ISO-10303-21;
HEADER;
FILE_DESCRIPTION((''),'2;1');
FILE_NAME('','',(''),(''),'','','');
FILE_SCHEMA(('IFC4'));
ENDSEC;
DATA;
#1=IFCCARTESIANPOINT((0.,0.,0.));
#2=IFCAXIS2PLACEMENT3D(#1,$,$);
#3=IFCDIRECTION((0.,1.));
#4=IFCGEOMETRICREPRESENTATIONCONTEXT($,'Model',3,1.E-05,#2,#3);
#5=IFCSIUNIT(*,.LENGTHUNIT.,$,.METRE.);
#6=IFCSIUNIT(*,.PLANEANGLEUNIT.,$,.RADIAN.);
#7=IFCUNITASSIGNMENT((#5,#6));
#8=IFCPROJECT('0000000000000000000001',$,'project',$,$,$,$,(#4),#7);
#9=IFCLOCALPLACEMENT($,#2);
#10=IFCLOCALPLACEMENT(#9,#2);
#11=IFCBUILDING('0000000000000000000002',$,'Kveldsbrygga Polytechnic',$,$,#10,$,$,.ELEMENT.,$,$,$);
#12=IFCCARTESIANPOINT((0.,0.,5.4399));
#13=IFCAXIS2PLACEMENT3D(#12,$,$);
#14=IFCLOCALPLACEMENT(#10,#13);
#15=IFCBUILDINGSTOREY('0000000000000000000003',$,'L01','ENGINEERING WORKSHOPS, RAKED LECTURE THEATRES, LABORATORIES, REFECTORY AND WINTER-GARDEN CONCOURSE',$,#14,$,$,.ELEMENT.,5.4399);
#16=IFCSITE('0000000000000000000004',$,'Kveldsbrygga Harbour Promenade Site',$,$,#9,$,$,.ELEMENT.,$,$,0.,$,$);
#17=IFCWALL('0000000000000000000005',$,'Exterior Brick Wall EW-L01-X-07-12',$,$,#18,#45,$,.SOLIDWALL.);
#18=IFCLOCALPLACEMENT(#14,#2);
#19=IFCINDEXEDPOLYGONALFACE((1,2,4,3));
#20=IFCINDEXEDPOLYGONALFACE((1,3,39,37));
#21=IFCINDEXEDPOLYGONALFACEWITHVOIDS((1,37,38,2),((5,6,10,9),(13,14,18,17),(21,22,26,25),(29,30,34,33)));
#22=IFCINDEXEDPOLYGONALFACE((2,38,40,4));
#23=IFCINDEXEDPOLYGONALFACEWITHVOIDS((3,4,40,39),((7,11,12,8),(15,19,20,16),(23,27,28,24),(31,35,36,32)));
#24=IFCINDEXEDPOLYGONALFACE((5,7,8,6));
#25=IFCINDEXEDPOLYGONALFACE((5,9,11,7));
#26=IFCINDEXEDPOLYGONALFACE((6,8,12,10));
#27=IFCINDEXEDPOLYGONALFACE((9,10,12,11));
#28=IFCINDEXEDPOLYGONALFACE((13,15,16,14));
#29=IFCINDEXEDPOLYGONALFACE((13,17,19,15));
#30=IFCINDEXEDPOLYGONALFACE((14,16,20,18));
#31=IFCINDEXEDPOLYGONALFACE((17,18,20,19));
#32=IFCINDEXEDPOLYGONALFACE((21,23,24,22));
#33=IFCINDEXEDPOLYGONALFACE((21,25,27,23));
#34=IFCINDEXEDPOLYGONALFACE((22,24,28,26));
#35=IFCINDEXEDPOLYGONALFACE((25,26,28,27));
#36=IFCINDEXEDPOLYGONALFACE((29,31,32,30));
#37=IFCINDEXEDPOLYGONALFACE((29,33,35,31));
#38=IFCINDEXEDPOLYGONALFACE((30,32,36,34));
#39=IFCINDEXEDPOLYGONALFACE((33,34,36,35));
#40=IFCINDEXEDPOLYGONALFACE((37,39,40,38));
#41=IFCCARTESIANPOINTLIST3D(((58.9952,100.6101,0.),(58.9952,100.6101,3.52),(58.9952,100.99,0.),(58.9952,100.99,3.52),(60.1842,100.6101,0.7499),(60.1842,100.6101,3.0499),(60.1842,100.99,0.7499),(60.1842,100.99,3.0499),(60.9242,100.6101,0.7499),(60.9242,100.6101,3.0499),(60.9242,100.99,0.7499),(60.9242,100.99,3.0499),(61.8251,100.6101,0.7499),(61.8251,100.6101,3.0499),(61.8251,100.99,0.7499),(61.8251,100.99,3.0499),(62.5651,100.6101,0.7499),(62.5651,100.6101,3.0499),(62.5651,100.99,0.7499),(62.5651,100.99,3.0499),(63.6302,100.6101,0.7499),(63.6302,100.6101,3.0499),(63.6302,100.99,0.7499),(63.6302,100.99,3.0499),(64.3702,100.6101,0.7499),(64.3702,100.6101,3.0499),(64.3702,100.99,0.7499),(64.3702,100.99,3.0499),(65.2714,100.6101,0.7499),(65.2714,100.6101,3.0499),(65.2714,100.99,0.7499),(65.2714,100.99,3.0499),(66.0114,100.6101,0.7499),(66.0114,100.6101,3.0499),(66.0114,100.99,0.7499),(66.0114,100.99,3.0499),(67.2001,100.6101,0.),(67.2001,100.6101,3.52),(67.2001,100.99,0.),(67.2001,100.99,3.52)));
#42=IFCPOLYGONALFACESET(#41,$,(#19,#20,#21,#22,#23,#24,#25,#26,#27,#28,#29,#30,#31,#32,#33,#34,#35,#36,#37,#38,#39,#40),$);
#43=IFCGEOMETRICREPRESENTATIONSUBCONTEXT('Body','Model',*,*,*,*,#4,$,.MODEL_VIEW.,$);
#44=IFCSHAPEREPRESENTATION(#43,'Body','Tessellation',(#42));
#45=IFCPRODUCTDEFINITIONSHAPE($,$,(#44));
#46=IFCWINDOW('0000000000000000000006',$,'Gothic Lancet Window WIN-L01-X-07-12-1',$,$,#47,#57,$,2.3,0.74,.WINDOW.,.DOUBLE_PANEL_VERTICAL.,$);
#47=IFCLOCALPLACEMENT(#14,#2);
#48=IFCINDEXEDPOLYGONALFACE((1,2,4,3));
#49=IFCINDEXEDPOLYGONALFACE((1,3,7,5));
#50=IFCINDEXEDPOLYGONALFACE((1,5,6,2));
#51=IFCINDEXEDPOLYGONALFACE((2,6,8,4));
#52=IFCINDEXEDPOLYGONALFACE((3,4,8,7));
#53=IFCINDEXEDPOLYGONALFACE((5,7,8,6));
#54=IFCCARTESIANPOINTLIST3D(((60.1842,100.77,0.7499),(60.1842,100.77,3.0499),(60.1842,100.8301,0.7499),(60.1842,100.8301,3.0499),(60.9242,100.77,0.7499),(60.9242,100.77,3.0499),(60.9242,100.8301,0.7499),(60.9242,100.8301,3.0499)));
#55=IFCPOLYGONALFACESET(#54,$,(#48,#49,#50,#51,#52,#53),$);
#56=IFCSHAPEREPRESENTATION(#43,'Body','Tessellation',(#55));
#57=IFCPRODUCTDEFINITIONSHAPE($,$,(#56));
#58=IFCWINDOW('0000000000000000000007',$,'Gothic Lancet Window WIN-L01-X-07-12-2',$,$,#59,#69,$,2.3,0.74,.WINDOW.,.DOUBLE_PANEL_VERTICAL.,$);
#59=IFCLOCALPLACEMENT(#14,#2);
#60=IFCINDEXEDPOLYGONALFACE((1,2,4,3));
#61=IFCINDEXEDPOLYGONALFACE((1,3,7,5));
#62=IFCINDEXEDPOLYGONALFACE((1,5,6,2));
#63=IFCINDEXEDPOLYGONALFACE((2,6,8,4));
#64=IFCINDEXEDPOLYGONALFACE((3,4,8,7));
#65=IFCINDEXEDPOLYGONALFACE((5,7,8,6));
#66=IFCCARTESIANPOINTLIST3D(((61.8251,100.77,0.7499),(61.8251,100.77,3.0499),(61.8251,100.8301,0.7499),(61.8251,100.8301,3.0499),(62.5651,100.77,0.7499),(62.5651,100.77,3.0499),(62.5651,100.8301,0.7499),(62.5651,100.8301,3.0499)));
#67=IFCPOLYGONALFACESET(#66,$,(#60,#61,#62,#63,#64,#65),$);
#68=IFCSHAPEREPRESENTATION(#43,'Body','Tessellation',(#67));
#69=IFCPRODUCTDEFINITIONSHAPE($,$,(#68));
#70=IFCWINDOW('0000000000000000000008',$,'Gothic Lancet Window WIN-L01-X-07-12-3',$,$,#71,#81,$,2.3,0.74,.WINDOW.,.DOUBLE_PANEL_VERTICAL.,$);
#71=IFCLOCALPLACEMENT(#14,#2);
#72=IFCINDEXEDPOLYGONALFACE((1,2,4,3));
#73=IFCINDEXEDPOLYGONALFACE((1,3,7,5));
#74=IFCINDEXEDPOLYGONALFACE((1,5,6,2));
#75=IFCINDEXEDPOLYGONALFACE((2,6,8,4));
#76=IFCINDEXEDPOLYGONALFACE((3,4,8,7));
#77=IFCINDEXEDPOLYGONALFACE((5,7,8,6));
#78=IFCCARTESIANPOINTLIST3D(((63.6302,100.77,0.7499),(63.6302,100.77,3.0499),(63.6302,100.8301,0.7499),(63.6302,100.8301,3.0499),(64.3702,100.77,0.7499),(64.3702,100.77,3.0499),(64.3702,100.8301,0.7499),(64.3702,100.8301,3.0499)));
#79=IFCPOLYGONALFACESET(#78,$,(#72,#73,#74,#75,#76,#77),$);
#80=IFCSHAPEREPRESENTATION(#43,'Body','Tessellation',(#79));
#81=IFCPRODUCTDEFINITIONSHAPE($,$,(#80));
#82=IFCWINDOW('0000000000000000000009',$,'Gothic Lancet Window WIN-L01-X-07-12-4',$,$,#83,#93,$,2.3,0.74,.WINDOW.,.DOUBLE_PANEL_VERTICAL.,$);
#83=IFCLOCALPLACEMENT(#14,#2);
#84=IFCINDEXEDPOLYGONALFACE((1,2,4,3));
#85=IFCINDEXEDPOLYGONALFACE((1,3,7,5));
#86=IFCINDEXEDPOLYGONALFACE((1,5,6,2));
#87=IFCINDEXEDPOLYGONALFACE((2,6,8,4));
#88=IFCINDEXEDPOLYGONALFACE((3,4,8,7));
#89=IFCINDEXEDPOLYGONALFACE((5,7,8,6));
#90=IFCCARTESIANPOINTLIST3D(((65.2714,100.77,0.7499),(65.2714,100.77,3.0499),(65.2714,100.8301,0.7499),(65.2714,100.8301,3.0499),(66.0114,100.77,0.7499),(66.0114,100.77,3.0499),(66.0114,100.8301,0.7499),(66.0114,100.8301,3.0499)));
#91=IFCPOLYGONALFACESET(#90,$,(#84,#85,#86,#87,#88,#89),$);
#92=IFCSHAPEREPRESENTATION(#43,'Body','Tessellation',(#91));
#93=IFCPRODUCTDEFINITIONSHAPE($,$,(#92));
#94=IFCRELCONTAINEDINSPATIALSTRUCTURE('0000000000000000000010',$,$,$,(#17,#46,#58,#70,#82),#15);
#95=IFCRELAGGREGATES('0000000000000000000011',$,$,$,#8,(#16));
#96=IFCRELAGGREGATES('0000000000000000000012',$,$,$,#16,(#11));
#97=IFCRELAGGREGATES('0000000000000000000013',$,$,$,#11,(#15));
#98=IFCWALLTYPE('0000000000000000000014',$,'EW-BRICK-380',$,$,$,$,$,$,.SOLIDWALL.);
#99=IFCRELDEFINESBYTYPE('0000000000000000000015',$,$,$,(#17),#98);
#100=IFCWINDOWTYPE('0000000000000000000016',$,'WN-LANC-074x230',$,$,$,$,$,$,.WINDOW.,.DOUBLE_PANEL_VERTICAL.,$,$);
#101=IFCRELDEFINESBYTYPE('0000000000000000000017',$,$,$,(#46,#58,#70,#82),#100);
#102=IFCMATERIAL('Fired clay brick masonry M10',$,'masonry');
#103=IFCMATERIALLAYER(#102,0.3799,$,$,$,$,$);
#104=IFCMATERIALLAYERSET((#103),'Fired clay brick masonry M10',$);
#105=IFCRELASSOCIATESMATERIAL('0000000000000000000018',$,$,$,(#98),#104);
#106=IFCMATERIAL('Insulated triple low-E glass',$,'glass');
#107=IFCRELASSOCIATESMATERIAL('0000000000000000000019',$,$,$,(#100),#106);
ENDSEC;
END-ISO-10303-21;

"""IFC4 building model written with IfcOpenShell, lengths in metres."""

from ifc_helpers import new_model, si_unit, direction, frame, frame_2d, origin, place, context, subcontext, project, spatial, rectangle, extrude, material, layer, layer_set, type_object, element, fill, save


model = new_model("IFC4")

# Units and contexts
model_context = context("Model", 3, precision=1e-05, world=origin(), true_north=direction((0.0, 1.0)))
body_context = subcontext(model_context, "Body", "Model", "MODEL_VIEW")
ifc_project = project(units=[si_unit("LENGTHUNIT", "METRE"), si_unit("PLANEANGLEUNIT", "RADIAN")], contexts=[model_context])

# Site, building, storey
site_placement = place(None, origin())
site = spatial("IfcSite", under=ifc_project, at=site_placement, Name="Kveldsbrygga Harbour Promenade Site", CompositionType="ELEMENT", RefElevation=0.0)
building_placement = place(site_placement, origin())
building = spatial("IfcBuilding", under=site, at=building_placement, Name="Kveldsbrygga Polytechnic", CompositionType="ELEMENT")
storey_placement = place(building_placement, frame((0.0, 0.0, 5.4399)))
storey = spatial("IfcBuildingStorey", under=building, at=storey_placement, Name="L01", Description="ENGINEERING WORKSHOPS, RAKED LECTURE THEATRES, LABORATORIES, REFECTORY AND WINTER-GARDEN CONCOURSE", CompositionType="ELEMENT", Elevation=5.4399)

# Shared definitions
ifc_material_1 = material(Name="Insulated triple low-E glass", Category="glass")

# Wall, openings, windows
ifc_material_2 = material(Name="Fired clay brick masonry M10", Category="masonry")
ifc_layer_1 = layer(ifc_material_2, 0.3799)
ifc_layer_set_1 = layer_set([ifc_layer_1], Name="Fired clay brick masonry M10")
wall_type_1 = type_object("IfcWallType", Name="EW-BRICK-380", PredefinedType="SOLIDWALL", material=ifc_layer_set_1)
wall_1_placement = place(storey_placement, frame((58.9951, 100.8, 0.0), z_axis=(0.0, 0.0, 1.0), x_axis=(1.0, 0.0, 0.0)))
wall_1 = element("IfcWall", 1, at=wall_1_placement, inside=storey, type_object=wall_type_1, Name="Exterior Brick Wall EW-L01-X-07-12", PredefinedType="SOLIDWALL", context=body_context, shape_type="SweptSolid", body=[
    extrude(rectangle(XDim=8.2048, YDim=0.3799, at=frame_2d((4.1025, 0.0))), origin(), (0.0, 0.0, 1.0), 3.52),
])
opening_1_placement = place(wall_1_placement, frame((1.189, 0.0, 0.75)))
opening_1 = element("IfcOpeningElement", 2, at=opening_1_placement, cuts=wall_1, PredefinedType="OPENING", context=body_context, shape_type="SweptSolid", body=[
    extrude(rectangle(XDim=0.74, YDim=2.3, at=frame_2d((0.3701, 1.1499))), frame((0.0, 0.2, 0.0), z_axis=(0.0, -1.0, 0.0), x_axis=(1.0, 0.0, 0.0)), (0.0, 0.0, 1.0), 0.3999),
])
opening_2_placement = place(wall_1_placement, frame((2.8298, 0.0, 0.75)))
opening_2 = element("IfcOpeningElement", 3, at=opening_2_placement, cuts=wall_1, PredefinedType="OPENING", context=body_context, shape_type="SweptSolid", body=[
    extrude(rectangle(XDim=0.74, YDim=2.3, at=frame_2d((0.3701, 1.1499))), frame((0.0, 0.2, 0.0), z_axis=(0.0, -1.0, 0.0), x_axis=(1.0, 0.0, 0.0)), (0.0, 0.0, 1.0), 0.3999),
])
opening_3_placement = place(wall_1_placement, frame((4.635, 0.0, 0.75)))
opening_3 = element("IfcOpeningElement", 4, at=opening_3_placement, cuts=wall_1, PredefinedType="OPENING", context=body_context, shape_type="SweptSolid", body=[
    extrude(rectangle(XDim=0.74, YDim=2.3, at=frame_2d((0.3701, 1.1499))), frame((0.0, 0.2, 0.0), z_axis=(0.0, -1.0, 0.0), x_axis=(1.0, 0.0, 0.0)), (0.0, 0.0, 1.0), 0.3999),
])
opening_4_placement = place(wall_1_placement, frame((6.2761, 0.0, 0.75)))
opening_4 = element("IfcOpeningElement", 5, at=opening_4_placement, cuts=wall_1, PredefinedType="OPENING", context=body_context, shape_type="SweptSolid", body=[
    extrude(rectangle(XDim=0.74, YDim=2.3, at=frame_2d((0.3701, 1.1499))), frame((0.0, 0.2, 0.0), z_axis=(0.0, -1.0, 0.0), x_axis=(1.0, 0.0, 0.0)), (0.0, 0.0, 1.0), 0.3999),
])
window_type_1 = type_object("IfcWindowType", Name="WN-LANC-074x230", PartitioningType="DOUBLE_PANEL_VERTICAL", PredefinedType="WINDOW", material=ifc_material_1)
window_1_placement = place(opening_1_placement, origin())
window_1 = element("IfcWindow", 6, at=window_1_placement, inside=storey, type_object=window_type_1, Name="Gothic Lancet Window WIN-L01-X-07-12-1", OverallHeight=2.3, OverallWidth=0.74, PartitioningType="DOUBLE_PANEL_VERTICAL", PredefinedType="WINDOW", context=body_context, shape_type="SweptSolid", body=[
    extrude(rectangle(XDim=0.74, YDim=2.3, at=frame_2d((0.3701, 1.1499))), frame((0.0, 0.03, 0.0), z_axis=(0.0, -1.0, 0.0), x_axis=(1.0, 0.0, 0.0)), (0.0, 0.0, 1.0), 0.0601),
])
fill(opening_1, window_1)
window_2_placement = place(opening_2_placement, origin())
window_2 = element("IfcWindow", 7, at=window_2_placement, inside=storey, type_object=window_type_1, Name="Gothic Lancet Window WIN-L01-X-07-12-2", OverallHeight=2.3, OverallWidth=0.74, PartitioningType="DOUBLE_PANEL_VERTICAL", PredefinedType="WINDOW", context=body_context, shape_type="SweptSolid", body=[
    extrude(rectangle(XDim=0.74, YDim=2.3, at=frame_2d((0.3701, 1.1499))), frame((0.0, 0.03, 0.0), z_axis=(0.0, -1.0, 0.0), x_axis=(1.0, 0.0, 0.0)), (0.0, 0.0, 1.0), 0.0601),
])
fill(opening_2, window_2)
window_3_placement = place(opening_3_placement, origin())
window_3 = element("IfcWindow", 8, at=window_3_placement, inside=storey, type_object=window_type_1, Name="Gothic Lancet Window WIN-L01-X-07-12-3", OverallHeight=2.3, OverallWidth=0.74, PartitioningType="DOUBLE_PANEL_VERTICAL", PredefinedType="WINDOW", context=body_context, shape_type="SweptSolid", body=[
    extrude(rectangle(XDim=0.74, YDim=2.3, at=frame_2d((0.3701, 1.1499))), frame((0.0, 0.03, 0.0), z_axis=(0.0, -1.0, 0.0), x_axis=(1.0, 0.0, 0.0)), (0.0, 0.0, 1.0), 0.0601),
])
fill(opening_3, window_3)
window_4_placement = place(opening_4_placement, origin())
window_4 = element("IfcWindow", 9, at=window_4_placement, inside=storey, type_object=window_type_1, Name="Gothic Lancet Window WIN-L01-X-07-12-4", OverallHeight=2.3, OverallWidth=0.74, PartitioningType="DOUBLE_PANEL_VERTICAL", PredefinedType="WINDOW", context=body_context, shape_type="SweptSolid", body=[
    extrude(rectangle(XDim=0.74, YDim=2.3, at=frame_2d((0.3701, 1.1499))), frame((0.0, 0.03, 0.0), z_axis=(0.0, -1.0, 0.0), x_axis=(1.0, 0.0, 0.0)), (0.0, 0.0, 1.0), 0.0601),
])
fill(opening_4, window_4)

save(model, "model.ifc")
